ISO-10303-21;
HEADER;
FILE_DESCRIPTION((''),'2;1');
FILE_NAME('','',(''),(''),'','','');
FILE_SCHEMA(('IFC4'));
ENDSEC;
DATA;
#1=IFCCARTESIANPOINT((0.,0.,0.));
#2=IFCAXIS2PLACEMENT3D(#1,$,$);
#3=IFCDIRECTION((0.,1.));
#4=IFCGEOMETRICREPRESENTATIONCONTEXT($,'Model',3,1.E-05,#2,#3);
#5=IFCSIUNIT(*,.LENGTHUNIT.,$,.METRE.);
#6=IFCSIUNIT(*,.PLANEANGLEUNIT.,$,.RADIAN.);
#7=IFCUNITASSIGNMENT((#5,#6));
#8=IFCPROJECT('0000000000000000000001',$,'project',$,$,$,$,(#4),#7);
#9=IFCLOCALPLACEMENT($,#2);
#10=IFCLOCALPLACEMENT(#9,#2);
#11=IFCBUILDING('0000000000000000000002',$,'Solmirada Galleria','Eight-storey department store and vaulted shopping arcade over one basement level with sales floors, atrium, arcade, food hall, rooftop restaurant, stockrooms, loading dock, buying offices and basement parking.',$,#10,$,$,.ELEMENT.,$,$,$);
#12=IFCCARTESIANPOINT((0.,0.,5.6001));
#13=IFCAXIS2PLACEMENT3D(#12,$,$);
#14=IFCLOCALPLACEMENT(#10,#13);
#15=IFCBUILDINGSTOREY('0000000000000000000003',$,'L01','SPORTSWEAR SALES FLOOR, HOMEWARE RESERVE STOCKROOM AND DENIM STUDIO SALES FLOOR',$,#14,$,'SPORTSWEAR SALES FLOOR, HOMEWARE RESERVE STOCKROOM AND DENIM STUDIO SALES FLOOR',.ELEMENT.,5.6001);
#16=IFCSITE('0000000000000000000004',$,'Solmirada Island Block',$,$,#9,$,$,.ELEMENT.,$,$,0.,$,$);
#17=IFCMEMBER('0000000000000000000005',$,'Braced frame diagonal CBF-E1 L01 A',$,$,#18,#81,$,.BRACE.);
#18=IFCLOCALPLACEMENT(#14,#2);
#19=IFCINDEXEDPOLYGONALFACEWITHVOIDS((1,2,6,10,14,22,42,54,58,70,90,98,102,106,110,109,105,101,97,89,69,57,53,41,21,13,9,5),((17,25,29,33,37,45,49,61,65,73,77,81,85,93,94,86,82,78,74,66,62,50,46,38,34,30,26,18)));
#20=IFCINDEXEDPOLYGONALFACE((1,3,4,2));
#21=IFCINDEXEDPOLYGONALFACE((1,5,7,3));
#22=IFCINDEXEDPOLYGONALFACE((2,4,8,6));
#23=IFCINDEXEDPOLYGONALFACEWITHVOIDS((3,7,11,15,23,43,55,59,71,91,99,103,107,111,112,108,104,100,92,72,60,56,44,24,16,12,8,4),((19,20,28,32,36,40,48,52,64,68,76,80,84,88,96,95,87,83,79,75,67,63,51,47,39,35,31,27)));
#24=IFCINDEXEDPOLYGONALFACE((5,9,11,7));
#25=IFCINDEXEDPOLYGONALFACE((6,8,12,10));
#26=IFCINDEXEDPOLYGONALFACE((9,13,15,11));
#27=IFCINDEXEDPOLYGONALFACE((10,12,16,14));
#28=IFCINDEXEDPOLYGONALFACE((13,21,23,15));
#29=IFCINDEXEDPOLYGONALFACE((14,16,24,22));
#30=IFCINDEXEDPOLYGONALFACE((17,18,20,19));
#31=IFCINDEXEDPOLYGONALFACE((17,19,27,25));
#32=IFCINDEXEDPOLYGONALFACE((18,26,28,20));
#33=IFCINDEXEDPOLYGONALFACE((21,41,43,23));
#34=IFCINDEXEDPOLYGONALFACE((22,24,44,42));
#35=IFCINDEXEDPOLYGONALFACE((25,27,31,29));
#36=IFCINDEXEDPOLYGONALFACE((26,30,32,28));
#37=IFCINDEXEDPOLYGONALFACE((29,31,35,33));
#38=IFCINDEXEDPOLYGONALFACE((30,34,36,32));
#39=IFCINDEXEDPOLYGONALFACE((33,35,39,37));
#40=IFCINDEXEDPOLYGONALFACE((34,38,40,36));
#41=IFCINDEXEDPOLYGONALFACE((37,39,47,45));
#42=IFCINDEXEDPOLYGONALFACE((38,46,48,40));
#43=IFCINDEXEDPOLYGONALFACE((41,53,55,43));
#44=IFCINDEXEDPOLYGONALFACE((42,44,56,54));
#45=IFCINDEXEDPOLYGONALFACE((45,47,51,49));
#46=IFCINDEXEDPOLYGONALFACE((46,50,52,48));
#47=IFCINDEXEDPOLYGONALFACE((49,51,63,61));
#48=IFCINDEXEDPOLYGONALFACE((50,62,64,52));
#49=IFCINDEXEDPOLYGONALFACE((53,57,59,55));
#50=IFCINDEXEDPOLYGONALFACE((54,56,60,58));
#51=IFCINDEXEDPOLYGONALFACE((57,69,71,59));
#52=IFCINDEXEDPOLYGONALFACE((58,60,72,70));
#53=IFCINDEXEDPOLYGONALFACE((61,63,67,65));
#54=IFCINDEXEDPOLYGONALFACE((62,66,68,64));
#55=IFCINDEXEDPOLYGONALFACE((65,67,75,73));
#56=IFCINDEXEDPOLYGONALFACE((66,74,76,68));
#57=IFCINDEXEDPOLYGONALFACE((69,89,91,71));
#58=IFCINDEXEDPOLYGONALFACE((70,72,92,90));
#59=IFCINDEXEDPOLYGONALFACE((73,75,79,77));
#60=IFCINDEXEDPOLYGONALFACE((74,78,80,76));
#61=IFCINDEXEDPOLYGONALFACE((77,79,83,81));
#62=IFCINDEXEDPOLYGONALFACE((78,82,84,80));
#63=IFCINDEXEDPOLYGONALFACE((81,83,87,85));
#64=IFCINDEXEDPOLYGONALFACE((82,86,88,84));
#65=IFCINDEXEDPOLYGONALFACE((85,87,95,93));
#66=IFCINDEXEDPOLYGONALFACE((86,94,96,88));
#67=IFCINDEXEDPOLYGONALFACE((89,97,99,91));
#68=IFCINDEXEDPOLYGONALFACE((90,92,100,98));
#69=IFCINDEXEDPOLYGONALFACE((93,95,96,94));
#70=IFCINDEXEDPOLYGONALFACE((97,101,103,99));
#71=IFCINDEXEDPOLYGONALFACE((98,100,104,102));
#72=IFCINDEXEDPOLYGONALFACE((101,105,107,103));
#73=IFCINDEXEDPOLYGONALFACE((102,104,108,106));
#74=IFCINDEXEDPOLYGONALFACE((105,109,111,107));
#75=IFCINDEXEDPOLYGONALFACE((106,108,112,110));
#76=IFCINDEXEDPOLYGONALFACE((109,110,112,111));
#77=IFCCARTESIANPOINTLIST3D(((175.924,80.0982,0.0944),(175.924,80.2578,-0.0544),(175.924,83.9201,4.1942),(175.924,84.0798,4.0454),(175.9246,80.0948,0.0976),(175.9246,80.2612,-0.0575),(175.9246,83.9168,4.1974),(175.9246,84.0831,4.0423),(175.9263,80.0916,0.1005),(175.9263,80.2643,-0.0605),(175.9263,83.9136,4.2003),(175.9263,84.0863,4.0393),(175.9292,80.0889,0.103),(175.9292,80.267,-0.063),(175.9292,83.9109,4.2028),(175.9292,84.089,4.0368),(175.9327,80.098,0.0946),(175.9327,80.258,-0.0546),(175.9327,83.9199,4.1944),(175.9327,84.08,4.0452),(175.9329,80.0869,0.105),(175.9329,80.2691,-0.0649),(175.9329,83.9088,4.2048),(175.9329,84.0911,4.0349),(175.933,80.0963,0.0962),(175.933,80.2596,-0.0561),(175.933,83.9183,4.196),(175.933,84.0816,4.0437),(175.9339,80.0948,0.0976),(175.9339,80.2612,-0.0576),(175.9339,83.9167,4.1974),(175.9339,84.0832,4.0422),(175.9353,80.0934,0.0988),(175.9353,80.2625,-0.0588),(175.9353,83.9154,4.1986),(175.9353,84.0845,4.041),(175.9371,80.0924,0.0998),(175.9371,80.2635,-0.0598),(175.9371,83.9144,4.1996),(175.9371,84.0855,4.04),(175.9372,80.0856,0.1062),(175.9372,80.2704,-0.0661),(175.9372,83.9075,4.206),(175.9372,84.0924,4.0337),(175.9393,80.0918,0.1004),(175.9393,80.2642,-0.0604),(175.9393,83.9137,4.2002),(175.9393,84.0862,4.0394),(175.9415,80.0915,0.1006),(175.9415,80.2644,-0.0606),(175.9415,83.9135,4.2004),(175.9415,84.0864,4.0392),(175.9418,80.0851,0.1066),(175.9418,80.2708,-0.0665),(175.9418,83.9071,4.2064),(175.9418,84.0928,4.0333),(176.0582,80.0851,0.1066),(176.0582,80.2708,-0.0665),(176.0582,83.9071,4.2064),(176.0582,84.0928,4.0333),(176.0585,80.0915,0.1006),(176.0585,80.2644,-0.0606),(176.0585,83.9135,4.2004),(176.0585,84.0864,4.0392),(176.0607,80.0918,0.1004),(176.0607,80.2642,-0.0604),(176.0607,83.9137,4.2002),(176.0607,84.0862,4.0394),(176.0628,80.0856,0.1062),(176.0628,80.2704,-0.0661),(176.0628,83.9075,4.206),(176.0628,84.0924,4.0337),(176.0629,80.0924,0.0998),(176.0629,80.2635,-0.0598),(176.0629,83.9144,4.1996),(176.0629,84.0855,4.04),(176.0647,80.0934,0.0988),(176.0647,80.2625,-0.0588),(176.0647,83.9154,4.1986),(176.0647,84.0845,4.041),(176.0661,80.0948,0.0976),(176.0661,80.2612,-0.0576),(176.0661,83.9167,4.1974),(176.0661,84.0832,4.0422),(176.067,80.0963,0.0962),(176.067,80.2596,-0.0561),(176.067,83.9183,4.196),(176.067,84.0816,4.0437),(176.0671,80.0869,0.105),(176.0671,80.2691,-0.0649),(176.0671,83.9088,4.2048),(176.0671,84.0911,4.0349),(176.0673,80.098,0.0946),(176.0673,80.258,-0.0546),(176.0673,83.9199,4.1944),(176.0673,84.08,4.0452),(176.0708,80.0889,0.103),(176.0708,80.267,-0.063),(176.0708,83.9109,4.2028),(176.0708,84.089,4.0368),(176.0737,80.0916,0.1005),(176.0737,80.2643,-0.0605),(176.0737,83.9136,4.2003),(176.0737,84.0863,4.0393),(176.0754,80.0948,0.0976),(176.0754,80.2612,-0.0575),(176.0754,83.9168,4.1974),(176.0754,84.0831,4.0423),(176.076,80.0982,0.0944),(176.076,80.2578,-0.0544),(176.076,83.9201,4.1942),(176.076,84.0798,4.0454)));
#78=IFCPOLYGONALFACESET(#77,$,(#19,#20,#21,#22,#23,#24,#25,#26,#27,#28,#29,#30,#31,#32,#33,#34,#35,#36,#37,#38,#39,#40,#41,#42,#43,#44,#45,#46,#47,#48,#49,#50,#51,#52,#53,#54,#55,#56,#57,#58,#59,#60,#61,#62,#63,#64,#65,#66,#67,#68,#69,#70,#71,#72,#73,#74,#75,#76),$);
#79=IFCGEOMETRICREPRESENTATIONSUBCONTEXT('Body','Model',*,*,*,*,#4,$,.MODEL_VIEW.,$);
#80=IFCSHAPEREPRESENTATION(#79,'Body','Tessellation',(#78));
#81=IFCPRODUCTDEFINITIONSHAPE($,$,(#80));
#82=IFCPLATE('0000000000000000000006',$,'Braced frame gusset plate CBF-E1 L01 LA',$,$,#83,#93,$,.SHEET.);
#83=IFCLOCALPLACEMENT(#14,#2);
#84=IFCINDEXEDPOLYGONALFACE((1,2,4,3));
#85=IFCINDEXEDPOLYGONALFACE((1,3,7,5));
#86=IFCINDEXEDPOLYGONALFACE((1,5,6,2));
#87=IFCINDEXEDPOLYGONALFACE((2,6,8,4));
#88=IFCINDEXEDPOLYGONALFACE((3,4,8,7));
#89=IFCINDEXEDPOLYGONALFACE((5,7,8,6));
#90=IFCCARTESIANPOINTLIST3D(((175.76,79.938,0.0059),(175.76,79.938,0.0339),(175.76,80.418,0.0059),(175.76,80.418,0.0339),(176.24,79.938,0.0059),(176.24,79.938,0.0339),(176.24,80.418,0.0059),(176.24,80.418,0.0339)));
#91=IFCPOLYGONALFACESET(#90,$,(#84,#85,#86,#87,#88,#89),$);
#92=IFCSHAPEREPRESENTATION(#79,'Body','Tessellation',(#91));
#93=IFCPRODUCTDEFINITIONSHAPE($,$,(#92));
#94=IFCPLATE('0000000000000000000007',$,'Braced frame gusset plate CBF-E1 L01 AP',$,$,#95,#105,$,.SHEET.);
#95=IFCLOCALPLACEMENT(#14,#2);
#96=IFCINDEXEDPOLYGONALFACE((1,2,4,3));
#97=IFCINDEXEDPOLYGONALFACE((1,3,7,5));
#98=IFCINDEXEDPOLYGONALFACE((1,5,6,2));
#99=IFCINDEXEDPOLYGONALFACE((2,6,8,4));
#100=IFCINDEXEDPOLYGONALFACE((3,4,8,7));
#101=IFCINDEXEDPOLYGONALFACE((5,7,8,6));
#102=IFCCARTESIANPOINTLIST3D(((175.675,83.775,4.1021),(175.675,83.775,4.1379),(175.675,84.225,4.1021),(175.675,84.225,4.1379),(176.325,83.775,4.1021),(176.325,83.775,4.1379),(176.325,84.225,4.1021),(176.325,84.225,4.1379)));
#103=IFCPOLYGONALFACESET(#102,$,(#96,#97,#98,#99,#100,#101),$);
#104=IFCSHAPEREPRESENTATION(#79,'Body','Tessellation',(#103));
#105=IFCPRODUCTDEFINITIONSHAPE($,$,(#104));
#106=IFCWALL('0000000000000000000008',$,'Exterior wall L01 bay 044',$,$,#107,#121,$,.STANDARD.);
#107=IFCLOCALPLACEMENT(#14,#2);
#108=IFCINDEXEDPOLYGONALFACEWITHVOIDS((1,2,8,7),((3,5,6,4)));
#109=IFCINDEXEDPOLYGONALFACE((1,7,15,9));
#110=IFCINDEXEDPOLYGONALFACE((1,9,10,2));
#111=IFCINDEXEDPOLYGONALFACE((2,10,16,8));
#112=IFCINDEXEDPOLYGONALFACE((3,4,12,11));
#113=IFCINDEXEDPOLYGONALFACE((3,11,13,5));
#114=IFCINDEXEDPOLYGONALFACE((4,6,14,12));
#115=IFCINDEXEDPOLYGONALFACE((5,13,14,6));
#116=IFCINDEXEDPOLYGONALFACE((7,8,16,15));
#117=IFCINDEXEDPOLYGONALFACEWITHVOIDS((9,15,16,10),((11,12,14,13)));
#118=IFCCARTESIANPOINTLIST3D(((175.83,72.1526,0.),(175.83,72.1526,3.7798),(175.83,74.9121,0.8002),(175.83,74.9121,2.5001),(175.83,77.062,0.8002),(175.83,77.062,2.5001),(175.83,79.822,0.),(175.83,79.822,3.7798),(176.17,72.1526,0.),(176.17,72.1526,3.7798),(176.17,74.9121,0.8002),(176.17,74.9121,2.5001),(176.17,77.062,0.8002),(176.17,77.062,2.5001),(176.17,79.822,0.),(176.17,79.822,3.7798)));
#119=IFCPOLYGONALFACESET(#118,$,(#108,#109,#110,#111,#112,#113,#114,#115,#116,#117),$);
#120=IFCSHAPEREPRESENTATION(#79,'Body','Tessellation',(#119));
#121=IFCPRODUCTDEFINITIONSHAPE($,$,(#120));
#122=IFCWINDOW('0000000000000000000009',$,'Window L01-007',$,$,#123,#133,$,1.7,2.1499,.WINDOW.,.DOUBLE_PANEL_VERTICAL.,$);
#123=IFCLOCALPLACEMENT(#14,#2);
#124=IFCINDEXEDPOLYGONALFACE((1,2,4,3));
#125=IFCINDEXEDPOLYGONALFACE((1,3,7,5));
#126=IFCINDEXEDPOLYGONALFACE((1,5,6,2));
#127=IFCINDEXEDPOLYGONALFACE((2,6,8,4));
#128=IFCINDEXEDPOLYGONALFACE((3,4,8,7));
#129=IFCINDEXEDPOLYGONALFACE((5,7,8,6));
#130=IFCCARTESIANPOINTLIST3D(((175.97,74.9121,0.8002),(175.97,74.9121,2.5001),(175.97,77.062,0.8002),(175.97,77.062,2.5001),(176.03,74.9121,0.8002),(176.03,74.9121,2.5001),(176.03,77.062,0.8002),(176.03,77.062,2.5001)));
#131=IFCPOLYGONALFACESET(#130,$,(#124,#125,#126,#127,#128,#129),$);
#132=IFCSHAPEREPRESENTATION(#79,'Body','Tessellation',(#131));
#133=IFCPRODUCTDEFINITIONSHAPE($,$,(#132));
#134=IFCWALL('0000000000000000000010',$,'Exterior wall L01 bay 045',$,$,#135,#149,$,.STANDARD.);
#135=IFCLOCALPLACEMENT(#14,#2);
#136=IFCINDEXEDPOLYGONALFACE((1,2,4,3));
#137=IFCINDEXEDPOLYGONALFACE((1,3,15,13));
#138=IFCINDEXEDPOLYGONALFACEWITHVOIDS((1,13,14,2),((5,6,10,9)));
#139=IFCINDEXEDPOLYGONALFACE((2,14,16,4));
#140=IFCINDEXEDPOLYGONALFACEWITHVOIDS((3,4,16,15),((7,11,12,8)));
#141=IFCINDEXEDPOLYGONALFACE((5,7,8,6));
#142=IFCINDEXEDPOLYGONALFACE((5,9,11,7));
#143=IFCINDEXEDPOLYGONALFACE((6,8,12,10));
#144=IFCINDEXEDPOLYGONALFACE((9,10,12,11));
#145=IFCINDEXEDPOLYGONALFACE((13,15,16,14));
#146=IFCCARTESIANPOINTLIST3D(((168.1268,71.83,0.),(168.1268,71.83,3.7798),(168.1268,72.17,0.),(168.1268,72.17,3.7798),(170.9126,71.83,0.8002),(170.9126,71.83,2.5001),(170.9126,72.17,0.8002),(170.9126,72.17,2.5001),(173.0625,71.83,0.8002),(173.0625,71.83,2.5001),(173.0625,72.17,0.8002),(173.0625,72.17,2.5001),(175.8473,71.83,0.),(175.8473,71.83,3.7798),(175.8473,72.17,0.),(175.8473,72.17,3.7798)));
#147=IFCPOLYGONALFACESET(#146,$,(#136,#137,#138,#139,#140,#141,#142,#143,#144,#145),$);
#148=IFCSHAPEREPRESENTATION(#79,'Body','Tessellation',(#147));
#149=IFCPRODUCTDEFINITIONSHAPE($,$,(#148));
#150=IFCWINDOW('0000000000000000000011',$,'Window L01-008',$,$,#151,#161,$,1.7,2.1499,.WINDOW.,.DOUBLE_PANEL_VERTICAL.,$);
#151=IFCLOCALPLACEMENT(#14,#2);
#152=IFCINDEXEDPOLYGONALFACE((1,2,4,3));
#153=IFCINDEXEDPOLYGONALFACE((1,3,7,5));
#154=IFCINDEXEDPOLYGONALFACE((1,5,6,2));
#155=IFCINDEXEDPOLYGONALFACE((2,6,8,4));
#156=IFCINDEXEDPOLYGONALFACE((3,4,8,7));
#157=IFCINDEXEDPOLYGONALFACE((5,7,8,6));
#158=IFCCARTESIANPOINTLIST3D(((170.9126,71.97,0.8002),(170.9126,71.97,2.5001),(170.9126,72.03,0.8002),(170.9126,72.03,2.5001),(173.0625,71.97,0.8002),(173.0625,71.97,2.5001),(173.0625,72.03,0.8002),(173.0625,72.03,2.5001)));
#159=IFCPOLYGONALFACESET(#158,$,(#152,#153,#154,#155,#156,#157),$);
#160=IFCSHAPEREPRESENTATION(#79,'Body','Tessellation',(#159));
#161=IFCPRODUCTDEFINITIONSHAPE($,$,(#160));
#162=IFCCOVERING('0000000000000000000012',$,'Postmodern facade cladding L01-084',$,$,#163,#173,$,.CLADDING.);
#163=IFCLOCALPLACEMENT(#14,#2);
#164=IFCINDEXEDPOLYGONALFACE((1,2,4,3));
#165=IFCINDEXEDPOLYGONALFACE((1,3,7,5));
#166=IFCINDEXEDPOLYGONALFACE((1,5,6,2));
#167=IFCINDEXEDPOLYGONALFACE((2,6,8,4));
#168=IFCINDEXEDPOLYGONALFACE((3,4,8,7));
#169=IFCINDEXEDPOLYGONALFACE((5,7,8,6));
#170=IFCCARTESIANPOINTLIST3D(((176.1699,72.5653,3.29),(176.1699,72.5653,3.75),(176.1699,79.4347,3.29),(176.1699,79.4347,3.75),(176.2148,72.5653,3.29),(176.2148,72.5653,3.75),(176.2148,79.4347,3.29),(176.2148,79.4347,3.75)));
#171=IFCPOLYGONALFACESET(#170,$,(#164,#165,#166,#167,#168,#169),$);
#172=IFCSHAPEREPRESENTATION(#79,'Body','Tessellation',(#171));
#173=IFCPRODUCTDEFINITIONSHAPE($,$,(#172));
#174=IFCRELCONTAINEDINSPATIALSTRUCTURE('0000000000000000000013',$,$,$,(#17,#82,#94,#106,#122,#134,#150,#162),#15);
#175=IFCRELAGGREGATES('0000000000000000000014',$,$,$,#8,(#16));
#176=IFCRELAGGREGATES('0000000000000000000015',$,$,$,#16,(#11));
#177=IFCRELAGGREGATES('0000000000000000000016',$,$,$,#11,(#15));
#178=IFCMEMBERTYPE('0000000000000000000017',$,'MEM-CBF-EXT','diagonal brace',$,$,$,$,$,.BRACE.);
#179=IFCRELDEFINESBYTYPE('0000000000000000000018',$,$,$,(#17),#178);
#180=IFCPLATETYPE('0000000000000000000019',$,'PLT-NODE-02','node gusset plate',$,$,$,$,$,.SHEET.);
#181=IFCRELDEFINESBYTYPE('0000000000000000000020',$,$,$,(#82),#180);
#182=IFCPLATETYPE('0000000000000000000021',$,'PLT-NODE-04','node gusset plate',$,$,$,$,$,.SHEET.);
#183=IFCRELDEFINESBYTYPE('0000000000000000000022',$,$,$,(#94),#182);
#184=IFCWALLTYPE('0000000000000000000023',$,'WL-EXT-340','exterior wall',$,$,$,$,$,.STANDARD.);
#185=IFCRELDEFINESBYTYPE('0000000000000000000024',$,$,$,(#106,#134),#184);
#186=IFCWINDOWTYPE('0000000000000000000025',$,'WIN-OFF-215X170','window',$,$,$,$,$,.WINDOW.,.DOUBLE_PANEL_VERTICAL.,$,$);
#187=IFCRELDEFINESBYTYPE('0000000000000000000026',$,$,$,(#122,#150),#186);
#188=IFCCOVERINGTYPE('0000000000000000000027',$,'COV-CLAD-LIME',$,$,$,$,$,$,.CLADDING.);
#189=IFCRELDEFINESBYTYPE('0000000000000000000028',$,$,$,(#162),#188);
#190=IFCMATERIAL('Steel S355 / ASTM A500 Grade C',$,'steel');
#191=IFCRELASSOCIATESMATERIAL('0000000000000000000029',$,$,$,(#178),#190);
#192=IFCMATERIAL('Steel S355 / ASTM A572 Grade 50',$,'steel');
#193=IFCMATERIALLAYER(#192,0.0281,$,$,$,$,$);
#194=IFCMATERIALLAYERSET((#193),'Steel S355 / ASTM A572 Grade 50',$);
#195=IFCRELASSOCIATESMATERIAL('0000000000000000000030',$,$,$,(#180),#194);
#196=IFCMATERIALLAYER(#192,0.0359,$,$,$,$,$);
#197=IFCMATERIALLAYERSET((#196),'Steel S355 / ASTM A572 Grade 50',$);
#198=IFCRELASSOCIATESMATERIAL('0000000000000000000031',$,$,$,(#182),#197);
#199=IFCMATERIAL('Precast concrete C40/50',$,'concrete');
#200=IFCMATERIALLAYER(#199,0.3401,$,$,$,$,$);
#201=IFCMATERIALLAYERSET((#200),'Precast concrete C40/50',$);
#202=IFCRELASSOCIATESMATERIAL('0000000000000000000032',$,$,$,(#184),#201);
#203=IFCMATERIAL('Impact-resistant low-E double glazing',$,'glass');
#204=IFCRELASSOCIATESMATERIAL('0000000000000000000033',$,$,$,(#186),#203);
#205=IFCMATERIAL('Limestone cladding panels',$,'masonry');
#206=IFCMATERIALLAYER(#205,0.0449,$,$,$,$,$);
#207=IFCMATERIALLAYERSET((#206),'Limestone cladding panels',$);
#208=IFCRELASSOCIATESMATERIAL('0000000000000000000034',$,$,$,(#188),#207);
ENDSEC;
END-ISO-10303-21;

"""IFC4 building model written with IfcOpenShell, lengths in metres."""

from ifc_helpers import new_model, si_unit, direction, frame, frame_2d, origin, origin_2d, place, context, subcontext, project, spatial, rectangle, hollow_rectangle, extrude, material, layer, layer_set, material_profile, profile_set, type_object, element, fill, save


model = new_model("IFC4")

# Units and contexts
model_context = context("Model", 3, precision=1e-05, world=origin(), true_north=direction((0.0, 1.0)))
body_context = subcontext(model_context, "Body", "Model", "MODEL_VIEW")
ifc_project = project(units=[si_unit("LENGTHUNIT", "METRE"), si_unit("PLANEANGLEUNIT", "RADIAN")], contexts=[model_context])

# Site, building, storey
site_placement = place(None, origin())
site = spatial("IfcSite", under=ifc_project, at=site_placement, Name="Solmirada Island Block", CompositionType="ELEMENT", RefElevation=0.0)
building_placement = place(site_placement, origin())
building = spatial("IfcBuilding", under=site, at=building_placement, Name="Solmirada Galleria", Description="Eight-storey department store and vaulted shopping arcade over one basement level with sales floors, atrium, arcade, food hall, rooftop restaurant, stockrooms, loading dock, buying offices and basement parking.", CompositionType="ELEMENT")
storey_placement = place(building_placement, frame((0.0, 0.0, 5.6001)))
storey = spatial("IfcBuildingStorey", under=building, at=storey_placement, Name="L01", Description="SPORTSWEAR SALES FLOOR, HOMEWARE RESERVE STOCKROOM AND DENIM STUDIO SALES FLOOR", LongName="SPORTSWEAR SALES FLOOR, HOMEWARE RESERVE STOCKROOM AND DENIM STUDIO SALES FLOOR", CompositionType="ELEMENT", Elevation=5.6001)

# Shared definitions
ifc_material_1 = material(Name="Steel S355 / ASTM A500 Grade C", Category="steel")

# Member
ifc_material_profile_1 = material_profile(ifc_material_1, hollow_rectangle(XDim=0.1521, YDim=0.2539, WallThickness=0.0088, InnerFilletRadius=0.0088, OuterFilletRadius=0.0178, at=origin_2d()), Name="HSS10X6X3/8")
ifc_profile_set_1 = profile_set([ifc_material_profile_1], Name="Steel S355 / ASTM A500 Grade C")
member_type = type_object("IfcMemberType", Name="MEM-CBF-EXT", Description="diagonal brace", PredefinedType="BRACE", material=ifc_profile_set_1)
member_placement = place(storey_placement, frame((176.0, 80.178, 0.02), z_axis=(0.0, 0.681888, 0.731456), x_axis=(-1.0, 0.0, 0.0)))
element("IfcMember", 1, at=member_placement, inside=storey, type_object=member_type, Name="Braced frame diagonal CBF-E1 L01 A", PredefinedType="BRACE", context=body_context, shape_type="SweptSolid", body=[
    extrude(hollow_rectangle(XDim=0.1521, YDim=0.2539, WallThickness=0.0088, InnerFilletRadius=0.0088, OuterFilletRadius=0.0178, at=origin_2d()), origin(), (0.0, 0.0, 1.0), 5.605),
])

# Plates
ifc_material_2 = material(Name="Steel S355 / ASTM A572 Grade 50", Category="steel")
ifc_layer_1 = layer(ifc_material_2, 0.0281)
ifc_layer_set_1 = layer_set([ifc_layer_1], Name="Steel S355 / ASTM A572 Grade 50")
plate_type_1 = type_object("IfcPlateType", Name="PLT-NODE-02", Description="node gusset plate", PredefinedType="SHEET", material=ifc_layer_set_1)
plate_1_placement = place(storey_placement, frame((176.0, 80.178, 0.0059), z_axis=(0.0, 0.0, 1.0), x_axis=(1.0, 0.0, 0.0)))
element("IfcPlate", 2, at=plate_1_placement, inside=storey, type_object=plate_type_1, Name="Braced frame gusset plate CBF-E1 L01 LA", PredefinedType="SHEET", context=body_context, shape_type="SweptSolid", body=[
    extrude(rectangle(XDim=0.48, YDim=0.48, at=origin_2d()), origin(), (0.0, 0.0, 1.0), 0.0281),
])
ifc_layer_2 = layer(ifc_material_2, 0.0359)
ifc_layer_set_2 = layer_set([ifc_layer_2], Name="Steel S355 / ASTM A572 Grade 50")
plate_type_2 = type_object("IfcPlateType", Name="PLT-NODE-04", Description="node gusset plate", PredefinedType="SHEET", material=ifc_layer_set_2)
plate_2_placement = place(storey_placement, frame((176.0, 84.0, 4.1021), z_axis=(0.0, 0.0, 1.0), x_axis=(1.0, 0.0, 0.0)))
element("IfcPlate", 3, at=plate_2_placement, inside=storey, type_object=plate_type_2, Name="Braced frame gusset plate CBF-E1 L01 AP", PredefinedType="SHEET", context=body_context, shape_type="SweptSolid", body=[
    extrude(rectangle(XDim=0.6499, YDim=0.45, at=origin_2d()), origin(), (0.0, 0.0, 1.0), 0.0359),
])

# Walls, openings, windows
ifc_material_3 = material(Name="Precast concrete C40/50", Category="concrete")
ifc_layer_3 = layer(ifc_material_3, 0.3401)
ifc_layer_set_3 = layer_set([ifc_layer_3], Name="Precast concrete C40/50")
wall_type = type_object("IfcWallType", Name="WL-EXT-340", Description="exterior wall", PredefinedType="STANDARD", material=ifc_layer_set_3)
wall_1_placement = place(storey_placement, frame((176.0, 79.822, 0.0), z_axis=(0.0, 0.0, 1.0), x_axis=(0.0, -1.0, 0.0)))
wall_1 = element("IfcWall", 4, at=wall_1_placement, inside=storey, type_object=wall_type, Name="Exterior wall L01 bay 044", PredefinedType="STANDARD", context=body_context, shape_type="SweptSolid", body=[
    extrude(rectangle(XDim=7.6694, YDim=0.3401, at=frame_2d((3.8347, 0.0))), origin(), (0.0, 0.0, 1.0), 3.7798),
])
opening_1_placement = place(wall_1_placement, frame((2.76, 0.0, 0.8)))
opening_1 = element("IfcOpeningElement", 5, at=opening_1_placement, cuts=wall_1, PredefinedType="OPENING", context=body_context, shape_type="SweptSolid", body=[
    extrude(rectangle(XDim=2.1499, YDim=1.7, at=frame_2d((1.075, 0.8501))), frame((0.0, 0.1799, 0.0), z_axis=(0.0, -1.0, 0.0), x_axis=(1.0, 0.0, 0.0)), (0.0, 0.0, 1.0), 0.3601),
])
ifc_material_4 = material(Name="Impact-resistant low-E double glazing", Category="glass")
window_type = type_object("IfcWindowType", Name="WIN-OFF-215X170", Description="window", PartitioningType="DOUBLE_PANEL_VERTICAL", PredefinedType="WINDOW", material=ifc_material_4)
window_1_placement = place(opening_1_placement, origin())
window_1 = element("IfcWindow", 6, at=window_1_placement, inside=storey, type_object=window_type, Name="Window L01-007", OverallHeight=1.7, OverallWidth=2.1499, PartitioningType="DOUBLE_PANEL_VERTICAL", PredefinedType="WINDOW", context=body_context, shape_type="SweptSolid", body=[
    extrude(rectangle(XDim=2.1499, YDim=1.7, at=frame_2d((1.075, 0.8501))), frame((0.0, 0.03, 0.0), z_axis=(0.0, -1.0, 0.0), x_axis=(1.0, 0.0, 0.0)), (0.0, 0.0, 1.0), 0.0601),
])
fill(opening_1, window_1)
wall_2_placement = place(storey_placement, frame((175.8474, 72.0, 0.0), z_axis=(0.0, 0.0, 1.0), x_axis=(-1.0, 0.0, 0.0)))
wall_2 = element("IfcWall", 7, at=wall_2_placement, inside=storey, type_object=wall_type, Name="Exterior wall L01 bay 045", PredefinedType="STANDARD", context=body_context, shape_type="SweptSolid", body=[
    extrude(rectangle(XDim=7.7205, YDim=0.3401, at=frame_2d((3.8604, 0.0))), origin(), (0.0, 0.0, 1.0), 3.7798),
])
opening_2_placement = place(wall_2_placement, frame((2.7849, 0.0, 0.8)))
opening_2 = element("IfcOpeningElement", 8, at=opening_2_placement, cuts=wall_2, PredefinedType="OPENING", context=body_context, shape_type="SweptSolid", body=[
    extrude(rectangle(XDim=2.1499, YDim=1.7, at=frame_2d((1.075, 0.8501))), frame((0.0, 0.1799, 0.0), z_axis=(0.0, -1.0, 0.0), x_axis=(1.0, 0.0, 0.0)), (0.0, 0.0, 1.0), 0.3601),
])
window_2_placement = place(opening_2_placement, origin())
window_2 = element("IfcWindow", 9, at=window_2_placement, inside=storey, type_object=window_type, Name="Window L01-008", OverallHeight=1.7, OverallWidth=2.1499, PartitioningType="DOUBLE_PANEL_VERTICAL", PredefinedType="WINDOW", context=body_context, shape_type="SweptSolid", body=[
    extrude(rectangle(XDim=2.1499, YDim=1.7, at=frame_2d((1.075, 0.8501))), frame((0.0, 0.03, 0.0), z_axis=(0.0, -1.0, 0.0), x_axis=(1.0, 0.0, 0.0)), (0.0, 0.0, 1.0), 0.0601),
])
fill(opening_2, window_2)

# Covering
ifc_material_5 = material(Name="Limestone cladding panels", Category="masonry")
ifc_layer_4 = layer(ifc_material_5, 0.0449)
ifc_layer_set_4 = layer_set([ifc_layer_4], Name="Limestone cladding panels")
covering_type = type_object("IfcCoveringType", Name="COV-CLAD-LIME", PredefinedType="CLADDING", material=ifc_layer_set_4)
covering_placement = place(storey_placement, frame((176.1924, 76.0, 3.29), z_axis=(0.0, 0.0, 1.0), x_axis=(0.0, -1.0, 0.0)))
element("IfcCovering", 10, at=covering_placement, inside=storey, type_object=covering_type, Name="Postmodern facade cladding L01-084", PredefinedType="CLADDING", context=body_context, shape_type="SweptSolid", body=[
    extrude(rectangle(XDim=6.8694, YDim=0.0449, at=origin_2d()), origin(), (0.0, 0.0, 1.0), 0.46),
])

save(model, "model.ifc")
